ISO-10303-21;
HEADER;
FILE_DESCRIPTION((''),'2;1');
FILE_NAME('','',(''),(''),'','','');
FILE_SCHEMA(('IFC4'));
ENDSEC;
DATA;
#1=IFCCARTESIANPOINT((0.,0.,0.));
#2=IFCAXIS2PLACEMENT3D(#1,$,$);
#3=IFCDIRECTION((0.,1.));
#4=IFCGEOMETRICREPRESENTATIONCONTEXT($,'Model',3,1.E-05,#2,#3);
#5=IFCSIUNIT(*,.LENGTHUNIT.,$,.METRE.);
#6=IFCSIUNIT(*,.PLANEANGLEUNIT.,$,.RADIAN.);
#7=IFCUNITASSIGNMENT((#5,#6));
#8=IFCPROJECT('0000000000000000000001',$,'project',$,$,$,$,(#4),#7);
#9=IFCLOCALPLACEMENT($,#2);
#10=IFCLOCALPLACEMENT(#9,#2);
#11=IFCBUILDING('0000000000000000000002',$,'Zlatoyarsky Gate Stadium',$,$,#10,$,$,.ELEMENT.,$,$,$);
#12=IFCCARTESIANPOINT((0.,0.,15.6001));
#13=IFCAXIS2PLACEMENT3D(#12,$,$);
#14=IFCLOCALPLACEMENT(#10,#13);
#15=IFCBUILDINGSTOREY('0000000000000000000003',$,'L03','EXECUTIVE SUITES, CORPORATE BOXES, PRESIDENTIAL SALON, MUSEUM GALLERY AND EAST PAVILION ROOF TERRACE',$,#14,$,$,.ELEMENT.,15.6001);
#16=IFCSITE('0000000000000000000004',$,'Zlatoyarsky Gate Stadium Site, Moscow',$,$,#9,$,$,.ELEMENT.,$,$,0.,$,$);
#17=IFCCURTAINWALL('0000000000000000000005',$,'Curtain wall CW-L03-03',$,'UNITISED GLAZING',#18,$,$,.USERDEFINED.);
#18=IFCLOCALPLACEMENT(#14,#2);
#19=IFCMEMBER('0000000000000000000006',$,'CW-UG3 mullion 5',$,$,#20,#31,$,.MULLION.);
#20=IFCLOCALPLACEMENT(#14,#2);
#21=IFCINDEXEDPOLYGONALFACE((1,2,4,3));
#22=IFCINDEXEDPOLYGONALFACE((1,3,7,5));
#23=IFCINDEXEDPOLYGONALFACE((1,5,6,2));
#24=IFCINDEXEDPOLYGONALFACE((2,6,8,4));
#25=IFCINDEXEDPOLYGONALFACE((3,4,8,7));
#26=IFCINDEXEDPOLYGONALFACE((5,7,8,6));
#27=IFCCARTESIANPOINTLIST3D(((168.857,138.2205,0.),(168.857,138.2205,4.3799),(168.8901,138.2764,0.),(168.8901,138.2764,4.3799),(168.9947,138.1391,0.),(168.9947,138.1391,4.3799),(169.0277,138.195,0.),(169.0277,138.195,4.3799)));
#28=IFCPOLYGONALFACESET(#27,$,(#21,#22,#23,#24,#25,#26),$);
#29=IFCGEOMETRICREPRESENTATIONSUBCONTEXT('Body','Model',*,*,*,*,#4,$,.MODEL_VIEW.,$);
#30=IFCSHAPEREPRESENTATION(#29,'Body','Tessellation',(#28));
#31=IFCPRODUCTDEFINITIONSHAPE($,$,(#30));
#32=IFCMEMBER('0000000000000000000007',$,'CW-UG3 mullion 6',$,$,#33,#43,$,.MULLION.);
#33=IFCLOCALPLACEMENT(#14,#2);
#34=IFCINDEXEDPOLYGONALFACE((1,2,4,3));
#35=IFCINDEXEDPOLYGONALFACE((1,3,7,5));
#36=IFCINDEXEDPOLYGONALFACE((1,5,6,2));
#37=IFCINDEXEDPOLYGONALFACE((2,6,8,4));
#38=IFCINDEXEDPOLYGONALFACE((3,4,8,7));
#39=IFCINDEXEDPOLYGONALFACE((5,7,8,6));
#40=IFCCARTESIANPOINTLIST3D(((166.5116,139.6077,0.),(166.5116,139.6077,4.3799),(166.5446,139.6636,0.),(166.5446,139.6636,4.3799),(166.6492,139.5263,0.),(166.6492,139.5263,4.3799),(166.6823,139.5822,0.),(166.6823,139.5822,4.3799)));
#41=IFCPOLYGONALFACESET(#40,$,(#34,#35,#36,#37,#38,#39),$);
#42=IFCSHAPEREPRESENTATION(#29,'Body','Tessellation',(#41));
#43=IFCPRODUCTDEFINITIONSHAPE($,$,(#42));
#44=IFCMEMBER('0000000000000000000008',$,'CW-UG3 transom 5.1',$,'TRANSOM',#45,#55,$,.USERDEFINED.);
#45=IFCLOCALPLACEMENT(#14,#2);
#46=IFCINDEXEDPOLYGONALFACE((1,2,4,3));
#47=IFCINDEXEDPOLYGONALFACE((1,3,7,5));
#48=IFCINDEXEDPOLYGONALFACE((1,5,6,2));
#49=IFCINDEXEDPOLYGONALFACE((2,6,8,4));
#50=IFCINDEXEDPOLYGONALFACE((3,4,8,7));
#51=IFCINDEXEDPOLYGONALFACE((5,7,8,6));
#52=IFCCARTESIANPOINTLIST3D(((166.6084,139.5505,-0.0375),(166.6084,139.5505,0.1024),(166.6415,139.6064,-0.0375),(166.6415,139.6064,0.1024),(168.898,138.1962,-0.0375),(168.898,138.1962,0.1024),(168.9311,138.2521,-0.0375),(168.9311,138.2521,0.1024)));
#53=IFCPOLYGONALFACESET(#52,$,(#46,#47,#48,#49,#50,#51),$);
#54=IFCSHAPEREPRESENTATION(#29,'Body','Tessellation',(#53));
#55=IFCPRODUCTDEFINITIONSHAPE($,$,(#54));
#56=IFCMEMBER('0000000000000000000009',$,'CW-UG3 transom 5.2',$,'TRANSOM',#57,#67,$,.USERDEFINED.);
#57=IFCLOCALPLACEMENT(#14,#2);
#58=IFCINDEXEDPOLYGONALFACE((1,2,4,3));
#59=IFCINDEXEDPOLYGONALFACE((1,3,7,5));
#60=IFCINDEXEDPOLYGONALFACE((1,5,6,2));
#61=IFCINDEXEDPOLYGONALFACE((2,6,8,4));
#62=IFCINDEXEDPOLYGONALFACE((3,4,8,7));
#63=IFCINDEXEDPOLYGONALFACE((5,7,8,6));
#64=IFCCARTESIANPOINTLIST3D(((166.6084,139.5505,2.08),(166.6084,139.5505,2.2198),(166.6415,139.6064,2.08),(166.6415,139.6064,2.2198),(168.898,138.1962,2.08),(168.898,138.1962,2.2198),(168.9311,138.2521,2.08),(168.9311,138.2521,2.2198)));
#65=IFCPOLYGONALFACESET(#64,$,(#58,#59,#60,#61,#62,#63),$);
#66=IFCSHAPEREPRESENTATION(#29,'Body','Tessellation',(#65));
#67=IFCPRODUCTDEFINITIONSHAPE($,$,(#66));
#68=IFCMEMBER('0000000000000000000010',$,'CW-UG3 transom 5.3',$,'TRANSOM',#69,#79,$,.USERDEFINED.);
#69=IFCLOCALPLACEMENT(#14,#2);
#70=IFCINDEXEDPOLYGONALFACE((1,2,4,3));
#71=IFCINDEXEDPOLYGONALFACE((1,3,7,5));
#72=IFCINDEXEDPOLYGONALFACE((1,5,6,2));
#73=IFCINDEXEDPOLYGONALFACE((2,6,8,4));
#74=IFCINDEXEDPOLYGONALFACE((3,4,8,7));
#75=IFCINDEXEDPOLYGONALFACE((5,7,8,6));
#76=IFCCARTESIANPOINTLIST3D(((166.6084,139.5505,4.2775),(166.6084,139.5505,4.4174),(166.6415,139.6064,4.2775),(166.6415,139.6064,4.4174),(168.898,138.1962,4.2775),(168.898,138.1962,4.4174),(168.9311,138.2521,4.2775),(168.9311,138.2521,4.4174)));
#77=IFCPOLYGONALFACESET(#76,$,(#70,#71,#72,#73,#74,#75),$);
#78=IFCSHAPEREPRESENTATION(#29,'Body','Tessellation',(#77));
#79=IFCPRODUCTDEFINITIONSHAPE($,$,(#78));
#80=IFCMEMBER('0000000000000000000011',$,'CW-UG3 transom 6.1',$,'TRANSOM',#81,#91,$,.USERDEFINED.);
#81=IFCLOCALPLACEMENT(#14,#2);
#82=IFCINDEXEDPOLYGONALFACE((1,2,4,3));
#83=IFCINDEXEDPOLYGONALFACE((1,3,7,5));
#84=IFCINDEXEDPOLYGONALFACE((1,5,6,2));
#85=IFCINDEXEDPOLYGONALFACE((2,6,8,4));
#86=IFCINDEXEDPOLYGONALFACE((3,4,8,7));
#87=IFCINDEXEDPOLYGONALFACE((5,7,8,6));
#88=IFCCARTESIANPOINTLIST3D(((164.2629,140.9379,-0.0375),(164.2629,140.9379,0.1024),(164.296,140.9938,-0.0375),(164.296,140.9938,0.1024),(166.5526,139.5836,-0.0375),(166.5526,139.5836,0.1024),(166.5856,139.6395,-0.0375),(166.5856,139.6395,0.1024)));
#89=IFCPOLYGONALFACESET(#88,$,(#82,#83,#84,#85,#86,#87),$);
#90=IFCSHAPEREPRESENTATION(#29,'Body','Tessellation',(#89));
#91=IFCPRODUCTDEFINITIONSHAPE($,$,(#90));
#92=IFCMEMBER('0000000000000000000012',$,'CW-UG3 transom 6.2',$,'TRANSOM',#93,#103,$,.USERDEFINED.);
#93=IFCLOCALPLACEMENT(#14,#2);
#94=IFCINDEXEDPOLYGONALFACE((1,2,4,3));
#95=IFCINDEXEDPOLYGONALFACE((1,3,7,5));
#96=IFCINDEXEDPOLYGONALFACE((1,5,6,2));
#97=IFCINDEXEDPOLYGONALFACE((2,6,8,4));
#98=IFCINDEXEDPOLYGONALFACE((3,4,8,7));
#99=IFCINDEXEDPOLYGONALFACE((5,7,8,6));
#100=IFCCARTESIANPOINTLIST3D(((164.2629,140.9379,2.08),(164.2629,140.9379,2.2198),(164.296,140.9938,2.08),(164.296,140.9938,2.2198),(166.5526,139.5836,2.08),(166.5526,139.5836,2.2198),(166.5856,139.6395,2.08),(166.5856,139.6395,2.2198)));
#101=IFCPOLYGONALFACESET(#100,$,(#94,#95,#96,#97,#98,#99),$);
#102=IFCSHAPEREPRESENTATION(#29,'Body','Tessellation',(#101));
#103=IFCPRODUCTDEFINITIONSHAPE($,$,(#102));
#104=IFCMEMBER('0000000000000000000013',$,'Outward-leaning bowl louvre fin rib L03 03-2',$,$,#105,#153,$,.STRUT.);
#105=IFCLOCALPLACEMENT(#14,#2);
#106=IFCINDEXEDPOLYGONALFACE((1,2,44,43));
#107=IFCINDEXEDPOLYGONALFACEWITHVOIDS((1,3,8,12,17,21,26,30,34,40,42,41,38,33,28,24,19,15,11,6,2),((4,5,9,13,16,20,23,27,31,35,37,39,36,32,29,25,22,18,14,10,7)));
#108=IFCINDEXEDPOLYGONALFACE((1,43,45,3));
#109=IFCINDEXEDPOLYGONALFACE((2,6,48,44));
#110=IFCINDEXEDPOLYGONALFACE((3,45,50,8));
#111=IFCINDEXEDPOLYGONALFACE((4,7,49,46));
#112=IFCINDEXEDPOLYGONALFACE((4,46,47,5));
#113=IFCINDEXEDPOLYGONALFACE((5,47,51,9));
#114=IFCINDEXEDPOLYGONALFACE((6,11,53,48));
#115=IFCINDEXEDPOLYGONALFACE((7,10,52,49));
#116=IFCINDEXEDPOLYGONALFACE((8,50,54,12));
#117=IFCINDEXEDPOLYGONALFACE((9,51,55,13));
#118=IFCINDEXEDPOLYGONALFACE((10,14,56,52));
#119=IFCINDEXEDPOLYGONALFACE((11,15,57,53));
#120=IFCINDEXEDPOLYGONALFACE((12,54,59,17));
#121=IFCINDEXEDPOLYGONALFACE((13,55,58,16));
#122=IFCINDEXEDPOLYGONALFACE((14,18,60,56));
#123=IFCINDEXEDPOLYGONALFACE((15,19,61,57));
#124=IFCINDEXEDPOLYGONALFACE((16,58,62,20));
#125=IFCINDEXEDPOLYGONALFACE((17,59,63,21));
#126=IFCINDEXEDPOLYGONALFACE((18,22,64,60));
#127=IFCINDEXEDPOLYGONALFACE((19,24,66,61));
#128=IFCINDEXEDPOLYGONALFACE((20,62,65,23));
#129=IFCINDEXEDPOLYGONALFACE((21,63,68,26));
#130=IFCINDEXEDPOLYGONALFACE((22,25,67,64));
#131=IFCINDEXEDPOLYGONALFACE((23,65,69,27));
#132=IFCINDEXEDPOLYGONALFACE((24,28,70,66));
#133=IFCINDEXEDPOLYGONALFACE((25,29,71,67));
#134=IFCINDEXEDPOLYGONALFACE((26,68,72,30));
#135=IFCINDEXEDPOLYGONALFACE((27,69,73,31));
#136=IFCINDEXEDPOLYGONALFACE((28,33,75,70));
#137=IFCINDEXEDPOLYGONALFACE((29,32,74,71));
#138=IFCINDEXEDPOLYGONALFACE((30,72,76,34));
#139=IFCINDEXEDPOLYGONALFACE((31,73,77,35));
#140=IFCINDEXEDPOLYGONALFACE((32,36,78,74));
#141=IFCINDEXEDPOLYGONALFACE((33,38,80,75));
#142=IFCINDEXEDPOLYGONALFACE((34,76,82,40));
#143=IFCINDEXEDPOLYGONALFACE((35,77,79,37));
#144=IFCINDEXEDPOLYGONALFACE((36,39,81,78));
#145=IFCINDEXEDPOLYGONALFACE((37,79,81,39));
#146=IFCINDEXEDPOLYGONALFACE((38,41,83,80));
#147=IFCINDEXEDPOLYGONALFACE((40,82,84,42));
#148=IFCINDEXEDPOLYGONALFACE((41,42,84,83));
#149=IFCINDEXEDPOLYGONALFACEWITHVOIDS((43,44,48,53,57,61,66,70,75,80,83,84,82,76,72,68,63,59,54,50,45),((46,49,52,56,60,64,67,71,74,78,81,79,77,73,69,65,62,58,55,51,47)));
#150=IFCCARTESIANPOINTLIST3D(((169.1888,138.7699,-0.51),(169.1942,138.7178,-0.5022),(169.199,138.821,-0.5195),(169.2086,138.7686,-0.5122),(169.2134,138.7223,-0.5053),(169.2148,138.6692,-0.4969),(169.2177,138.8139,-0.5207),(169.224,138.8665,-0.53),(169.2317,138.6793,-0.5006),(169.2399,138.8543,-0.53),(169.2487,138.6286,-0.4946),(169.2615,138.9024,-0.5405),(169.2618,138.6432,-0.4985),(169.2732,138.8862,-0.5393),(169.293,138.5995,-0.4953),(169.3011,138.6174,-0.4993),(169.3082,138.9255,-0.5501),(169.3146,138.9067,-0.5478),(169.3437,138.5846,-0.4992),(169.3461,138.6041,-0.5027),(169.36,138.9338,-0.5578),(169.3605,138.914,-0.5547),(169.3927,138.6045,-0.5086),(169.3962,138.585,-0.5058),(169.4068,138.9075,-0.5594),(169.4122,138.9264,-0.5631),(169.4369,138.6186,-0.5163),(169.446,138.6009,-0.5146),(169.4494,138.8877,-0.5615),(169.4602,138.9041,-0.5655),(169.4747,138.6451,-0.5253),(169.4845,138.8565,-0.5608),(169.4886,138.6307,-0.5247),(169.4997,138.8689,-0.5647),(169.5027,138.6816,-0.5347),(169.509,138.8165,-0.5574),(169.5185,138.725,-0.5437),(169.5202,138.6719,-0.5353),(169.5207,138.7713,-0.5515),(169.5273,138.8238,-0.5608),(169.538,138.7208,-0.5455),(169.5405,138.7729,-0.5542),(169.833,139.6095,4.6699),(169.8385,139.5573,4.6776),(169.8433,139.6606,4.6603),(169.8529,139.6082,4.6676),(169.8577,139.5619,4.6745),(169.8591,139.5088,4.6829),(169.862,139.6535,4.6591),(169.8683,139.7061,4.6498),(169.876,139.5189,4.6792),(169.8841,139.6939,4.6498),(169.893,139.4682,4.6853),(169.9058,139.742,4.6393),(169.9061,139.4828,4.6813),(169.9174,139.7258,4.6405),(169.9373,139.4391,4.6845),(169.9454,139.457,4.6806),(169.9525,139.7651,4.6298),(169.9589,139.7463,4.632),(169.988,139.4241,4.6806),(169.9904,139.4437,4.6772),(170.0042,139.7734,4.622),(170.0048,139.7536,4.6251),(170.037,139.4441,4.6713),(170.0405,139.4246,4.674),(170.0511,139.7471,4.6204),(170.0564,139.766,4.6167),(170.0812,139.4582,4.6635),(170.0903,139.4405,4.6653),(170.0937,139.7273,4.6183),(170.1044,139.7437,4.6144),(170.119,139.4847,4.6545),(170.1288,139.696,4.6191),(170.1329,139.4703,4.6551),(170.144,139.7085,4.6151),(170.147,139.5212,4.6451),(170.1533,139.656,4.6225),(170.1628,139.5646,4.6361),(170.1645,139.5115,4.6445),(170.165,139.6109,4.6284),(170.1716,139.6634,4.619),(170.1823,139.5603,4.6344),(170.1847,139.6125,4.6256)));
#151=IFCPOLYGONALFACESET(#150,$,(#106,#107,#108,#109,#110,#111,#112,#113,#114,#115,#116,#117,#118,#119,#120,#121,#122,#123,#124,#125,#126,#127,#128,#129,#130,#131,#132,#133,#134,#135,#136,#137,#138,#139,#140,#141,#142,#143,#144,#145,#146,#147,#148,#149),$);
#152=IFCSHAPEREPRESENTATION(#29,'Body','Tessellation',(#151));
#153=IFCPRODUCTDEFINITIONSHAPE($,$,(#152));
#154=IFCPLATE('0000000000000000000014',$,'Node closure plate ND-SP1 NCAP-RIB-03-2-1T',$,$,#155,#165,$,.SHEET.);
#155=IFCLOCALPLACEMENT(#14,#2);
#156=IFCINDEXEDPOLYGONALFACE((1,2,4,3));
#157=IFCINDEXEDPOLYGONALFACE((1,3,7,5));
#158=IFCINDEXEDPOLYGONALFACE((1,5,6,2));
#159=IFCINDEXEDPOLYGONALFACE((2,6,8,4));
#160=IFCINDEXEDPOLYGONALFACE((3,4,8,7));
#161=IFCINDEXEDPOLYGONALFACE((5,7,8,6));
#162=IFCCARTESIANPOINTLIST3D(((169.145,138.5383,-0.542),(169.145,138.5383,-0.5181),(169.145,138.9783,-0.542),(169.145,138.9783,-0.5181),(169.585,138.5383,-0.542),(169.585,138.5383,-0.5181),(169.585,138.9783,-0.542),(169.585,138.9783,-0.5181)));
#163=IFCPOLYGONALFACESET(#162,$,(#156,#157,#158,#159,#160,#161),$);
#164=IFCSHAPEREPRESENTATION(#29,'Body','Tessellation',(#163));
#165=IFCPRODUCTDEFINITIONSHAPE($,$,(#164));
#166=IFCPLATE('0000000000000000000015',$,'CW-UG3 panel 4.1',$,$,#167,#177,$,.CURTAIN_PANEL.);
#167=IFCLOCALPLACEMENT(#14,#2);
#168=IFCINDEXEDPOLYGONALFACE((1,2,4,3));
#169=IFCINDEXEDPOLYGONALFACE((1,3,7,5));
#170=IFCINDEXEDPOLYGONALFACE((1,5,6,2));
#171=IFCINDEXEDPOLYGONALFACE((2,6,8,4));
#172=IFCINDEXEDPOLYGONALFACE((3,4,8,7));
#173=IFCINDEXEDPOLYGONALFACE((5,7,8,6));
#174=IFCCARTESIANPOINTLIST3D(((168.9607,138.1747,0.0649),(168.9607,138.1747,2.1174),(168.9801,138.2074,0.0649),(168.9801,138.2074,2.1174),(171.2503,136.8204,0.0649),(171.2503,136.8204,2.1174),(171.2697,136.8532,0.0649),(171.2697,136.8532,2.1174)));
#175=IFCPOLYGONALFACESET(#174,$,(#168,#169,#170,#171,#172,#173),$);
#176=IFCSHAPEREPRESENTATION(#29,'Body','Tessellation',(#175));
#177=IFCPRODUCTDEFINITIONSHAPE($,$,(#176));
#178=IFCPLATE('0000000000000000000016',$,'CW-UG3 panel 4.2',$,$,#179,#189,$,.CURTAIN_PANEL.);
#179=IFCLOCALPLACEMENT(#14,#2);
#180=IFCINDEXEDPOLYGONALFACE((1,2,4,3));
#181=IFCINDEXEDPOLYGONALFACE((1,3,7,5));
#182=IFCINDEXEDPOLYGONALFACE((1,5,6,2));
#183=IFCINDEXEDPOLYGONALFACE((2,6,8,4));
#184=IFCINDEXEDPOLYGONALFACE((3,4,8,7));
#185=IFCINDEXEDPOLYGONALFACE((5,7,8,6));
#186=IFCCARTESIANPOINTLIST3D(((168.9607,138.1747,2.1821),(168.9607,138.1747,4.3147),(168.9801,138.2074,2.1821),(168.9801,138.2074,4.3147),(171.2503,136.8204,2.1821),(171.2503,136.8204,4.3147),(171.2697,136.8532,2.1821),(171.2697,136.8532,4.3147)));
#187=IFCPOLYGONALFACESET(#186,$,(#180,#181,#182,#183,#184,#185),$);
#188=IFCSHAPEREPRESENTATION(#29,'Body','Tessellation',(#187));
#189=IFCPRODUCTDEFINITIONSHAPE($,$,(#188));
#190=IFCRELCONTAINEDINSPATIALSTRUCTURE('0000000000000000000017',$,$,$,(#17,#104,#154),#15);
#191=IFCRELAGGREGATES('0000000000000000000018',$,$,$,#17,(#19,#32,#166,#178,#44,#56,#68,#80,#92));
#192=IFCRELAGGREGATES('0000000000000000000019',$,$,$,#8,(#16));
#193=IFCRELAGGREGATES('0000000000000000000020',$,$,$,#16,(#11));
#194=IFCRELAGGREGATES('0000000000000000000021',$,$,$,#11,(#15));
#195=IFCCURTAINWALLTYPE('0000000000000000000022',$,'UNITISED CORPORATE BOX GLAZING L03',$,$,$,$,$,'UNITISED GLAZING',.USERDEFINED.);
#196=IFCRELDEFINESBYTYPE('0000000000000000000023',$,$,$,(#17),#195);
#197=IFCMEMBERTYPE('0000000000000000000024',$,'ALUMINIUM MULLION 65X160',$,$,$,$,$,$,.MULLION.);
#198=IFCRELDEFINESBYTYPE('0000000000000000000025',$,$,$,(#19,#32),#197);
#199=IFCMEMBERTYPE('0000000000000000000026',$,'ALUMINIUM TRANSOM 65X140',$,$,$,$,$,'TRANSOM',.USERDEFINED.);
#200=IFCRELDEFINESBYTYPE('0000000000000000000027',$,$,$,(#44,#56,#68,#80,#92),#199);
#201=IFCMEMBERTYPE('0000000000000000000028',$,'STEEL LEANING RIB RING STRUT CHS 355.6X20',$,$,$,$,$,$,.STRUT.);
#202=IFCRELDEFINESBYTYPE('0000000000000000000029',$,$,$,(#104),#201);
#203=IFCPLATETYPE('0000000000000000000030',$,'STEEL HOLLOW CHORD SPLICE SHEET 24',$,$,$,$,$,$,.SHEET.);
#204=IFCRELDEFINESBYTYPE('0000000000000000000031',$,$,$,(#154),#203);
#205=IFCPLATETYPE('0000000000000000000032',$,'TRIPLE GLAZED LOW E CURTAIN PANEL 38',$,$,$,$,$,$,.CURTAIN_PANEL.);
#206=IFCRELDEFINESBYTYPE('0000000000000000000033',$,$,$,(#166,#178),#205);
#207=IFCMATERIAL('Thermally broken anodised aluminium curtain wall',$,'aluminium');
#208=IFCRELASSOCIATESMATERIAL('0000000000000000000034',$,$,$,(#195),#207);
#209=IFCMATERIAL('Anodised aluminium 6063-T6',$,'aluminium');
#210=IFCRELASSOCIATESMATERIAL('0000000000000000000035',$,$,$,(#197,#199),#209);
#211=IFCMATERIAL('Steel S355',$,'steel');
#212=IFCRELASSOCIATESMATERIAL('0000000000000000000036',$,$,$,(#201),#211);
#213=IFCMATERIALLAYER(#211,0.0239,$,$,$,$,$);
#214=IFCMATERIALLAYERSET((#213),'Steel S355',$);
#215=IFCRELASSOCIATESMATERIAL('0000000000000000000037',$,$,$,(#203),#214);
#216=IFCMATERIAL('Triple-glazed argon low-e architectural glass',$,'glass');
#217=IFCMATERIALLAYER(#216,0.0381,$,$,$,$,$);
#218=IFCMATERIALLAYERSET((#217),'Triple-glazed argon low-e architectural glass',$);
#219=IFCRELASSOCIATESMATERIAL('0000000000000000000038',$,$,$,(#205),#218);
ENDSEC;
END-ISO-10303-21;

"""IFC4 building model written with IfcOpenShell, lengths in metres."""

from ifc_helpers import new_model, si_unit, direction, frame, origin, origin_2d, place, context, subcontext, project, spatial, rectangle, hollow_circle, extrude, material, layer, layer_set, material_profile, profile_set, type_object, element, aggregate, save


model = new_model("IFC4")

# Units and contexts
model_context = context("Model", 3, precision=1e-05, world=origin(), true_north=direction((0.0, 1.0)))
body_context = subcontext(model_context, "Body", "Model", "MODEL_VIEW")
ifc_project = project(units=[si_unit("LENGTHUNIT", "METRE"), si_unit("PLANEANGLEUNIT", "RADIAN")], contexts=[model_context])

# Site, building, storey
site_placement = place(None, origin())
site = spatial("IfcSite", under=ifc_project, at=site_placement, Name="Zlatoyarsky Gate Stadium Site, Moscow", CompositionType="ELEMENT", RefElevation=0.0)
building_placement = place(site_placement, origin())
building = spatial("IfcBuilding", under=site, at=building_placement, Name="Zlatoyarsky Gate Stadium", CompositionType="ELEMENT")
storey_placement = place(building_placement, frame((0.0, 0.0, 15.6001)))
storey = spatial("IfcBuildingStorey", under=building, at=storey_placement, Name="L03", Description="EXECUTIVE SUITES, CORPORATE BOXES, PRESIDENTIAL SALON, MUSEUM GALLERY AND EAST PAVILION ROOF TERRACE", CompositionType="ELEMENT", Elevation=15.6001)

# Curtain wall, members
ifc_material_1 = material(Name="Thermally broken anodised aluminium curtain wall", Category="aluminium")
curtain_wall_type = type_object("IfcCurtainWallType", Name="UNITISED CORPORATE BOX GLAZING L03", ElementType="UNITISED GLAZING", PredefinedType="USERDEFINED", material=ifc_material_1)
curtain_wall_placement = place(storey_placement, origin())
curtain_wall = element("IfcCurtainWall", 1, at=curtain_wall_placement, inside=storey, type_object=curtain_wall_type, Name="Curtain wall CW-L03-03", ObjectType="UNITISED GLAZING", PredefinedType="USERDEFINED")
ifc_material_2 = material(Name="Anodised aluminium 6063-T6", Category="aluminium")
ifc_material_profile_1 = material_profile(ifc_material_2, rectangle(XDim=0.0649, YDim=0.1599, at=origin_2d()), Name="ALU 65X160")
ifc_profile_set_1 = profile_set([ifc_material_profile_1], Name="Anodised aluminium 6063-T6")
member_type_1 = type_object("IfcMemberType", Name="ALUMINIUM MULLION 65X160", PredefinedType="MULLION", material=ifc_profile_set_1)
member_1_placement = place(storey_placement, frame((168.9424, 138.2078, 0.0), z_axis=(0.0, 0.0, 1.0), x_axis=(-0.509098, -0.860708, 0.0)))
member_1 = element("IfcMember", 2, at=member_1_placement, type_object=member_type_1, Name="CW-UG3 mullion 5", PredefinedType="MULLION", context=body_context, shape_type="SweptSolid", body=[
    extrude(rectangle(XDim=0.0649, YDim=0.1599, at=origin_2d()), origin(), (0.0, 0.0, 1.0), 4.3799),
])
member_2_placement = place(storey_placement, frame((166.5969, 139.595, 0.0), z_axis=(0.0, 0.0, 1.0), x_axis=(-0.509098, -0.860708, 0.0)))
member_2 = element("IfcMember", 3, at=member_2_placement, type_object=member_type_1, Name="CW-UG3 mullion 6", PredefinedType="MULLION", context=body_context, shape_type="SweptSolid", body=[
    extrude(rectangle(XDim=0.0649, YDim=0.1599, at=origin_2d()), origin(), (0.0, 0.0, 1.0), 4.3799),
])
ifc_material_profile_2 = material_profile(ifc_material_2, rectangle(XDim=0.0649, YDim=0.1399, at=origin_2d()), Name="ALU 65X140")
ifc_profile_set_2 = profile_set([ifc_material_profile_2], Name="Anodised aluminium 6063-T6")
member_type_2 = type_object("IfcMemberType", Name="ALUMINIUM TRANSOM 65X140", ElementType="TRANSOM", PredefinedType="USERDEFINED", material=ifc_profile_set_2)
member_3_placement = place(storey_placement, frame((168.9146, 138.2241, 0.0325), z_axis=(-0.860707, 0.5091, 0.0), x_axis=(-0.5091, -0.860707, 0.0)))
member_3 = element("IfcMember", 4, at=member_3_placement, type_object=member_type_2, Name="CW-UG3 transom 5.1", ObjectType="TRANSOM", PredefinedType="USERDEFINED", context=body_context, shape_type="SweptSolid", body=[
    extrude(rectangle(XDim=0.0649, YDim=0.1399, at=origin_2d()), origin(), (0.0, 0.0, 1.0), 2.6602),
])
member_4_placement = place(storey_placement, frame((168.9146, 138.2241, 2.1499), z_axis=(-0.860707, 0.5091, 0.0), x_axis=(-0.5091, -0.860707, 0.0)))
member_4 = element("IfcMember", 5, at=member_4_placement, type_object=member_type_2, Name="CW-UG3 transom 5.2", ObjectType="TRANSOM", PredefinedType="USERDEFINED", context=body_context, shape_type="SweptSolid", body=[
    extrude(rectangle(XDim=0.0649, YDim=0.1399, at=origin_2d()), origin(), (0.0, 0.0, 1.0), 2.6602),
])
member_5_placement = place(storey_placement, frame((168.9146, 138.2241, 4.3474), z_axis=(-0.860707, 0.5091, 0.0), x_axis=(-0.5091, -0.860707, 0.0)))
member_5 = element("IfcMember", 6, at=member_5_placement, type_object=member_type_2, Name="CW-UG3 transom 5.3", ObjectType="TRANSOM", PredefinedType="USERDEFINED", context=body_context, shape_type="SweptSolid", body=[
    extrude(rectangle(XDim=0.0649, YDim=0.1399, at=origin_2d()), origin(), (0.0, 0.0, 1.0), 2.6602),
])
member_6_placement = place(storey_placement, frame((166.5691, 139.6116, 0.0325), z_axis=(-0.860707, 0.5091, 0.0), x_axis=(-0.5091, -0.860707, 0.0)))
member_6 = element("IfcMember", 7, at=member_6_placement, type_object=member_type_2, Name="CW-UG3 transom 6.1", ObjectType="TRANSOM", PredefinedType="USERDEFINED", context=body_context, shape_type="SweptSolid", body=[
    extrude(rectangle(XDim=0.0649, YDim=0.1399, at=origin_2d()), origin(), (0.0, 0.0, 1.0), 2.6602),
])
member_7_placement = place(storey_placement, frame((166.5691, 139.6116, 2.1499), z_axis=(-0.860707, 0.5091, 0.0), x_axis=(-0.5091, -0.860707, 0.0)))
member_7 = element("IfcMember", 8, at=member_7_placement, type_object=member_type_2, Name="CW-UG3 transom 6.2", ObjectType="TRANSOM", PredefinedType="USERDEFINED", context=body_context, shape_type="SweptSolid", body=[
    extrude(rectangle(XDim=0.0649, YDim=0.1399, at=origin_2d()), origin(), (0.0, 0.0, 1.0), 2.6602),
])

# Member
ifc_material_3 = material(Name="Steel S355", Category="steel")
ifc_material_profile_3 = material_profile(ifc_material_3, hollow_circle(Radius=0.1777, WallThickness=0.02, at=origin_2d()), Name="CHS 355.6X20")
ifc_profile_set_3 = profile_set([ifc_material_profile_3], Name="Steel S355")
member_type_3 = type_object("IfcMemberType", Name="STEEL LEANING RIB RING STRUT CHS 355.6X20", PredefinedType="STRUT", material=ifc_profile_set_3)
member_8_placement = place(storey_placement, frame((169.365, 138.7583, -0.53), z_axis=(0.121864, 0.158806, 0.97976), x_axis=(-0.793335, 0.608785, 0.0)))
element("IfcMember", 9, at=member_8_placement, inside=storey, type_object=member_type_3, Name="Outward-leaning bowl louvre fin rib L03 03-2", PredefinedType="STRUT", context=body_context, shape_type="SweptSolid", body=[
    extrude(hollow_circle(Radius=0.1777, WallThickness=0.02, at=origin_2d()), origin(), (0.0, 0.0, 1.0), 5.2869),
])

# Plates
ifc_layer_1 = layer(ifc_material_3, 0.0239)
ifc_layer_set_1 = layer_set([ifc_layer_1], Name="Steel S355")
plate_type_1 = type_object("IfcPlateType", Name="STEEL HOLLOW CHORD SPLICE SHEET 24", PredefinedType="SHEET", material=ifc_layer_set_1)
plate_1_placement = place(storey_placement, frame((169.365, 138.7583, -0.542), z_axis=(0.0, 0.0, 1.0), x_axis=(1.0, 0.0, 0.0)))
element("IfcPlate", 10, at=plate_1_placement, inside=storey, type_object=plate_type_1, Name="Node closure plate ND-SP1 NCAP-RIB-03-2-1T", PredefinedType="SHEET", context=body_context, shape_type="SweptSolid", body=[
    extrude(rectangle(XDim=0.4399, YDim=0.4399, at=origin_2d()), origin(), (0.0, 0.0, 1.0), 0.0239),
])
ifc_material_4 = material(Name="Triple-glazed argon low-e architectural glass", Category="glass")
ifc_layer_2 = layer(ifc_material_4, 0.0381)
ifc_layer_set_2 = layer_set([ifc_layer_2], Name="Triple-glazed argon low-e architectural glass")
plate_type_2 = type_object("IfcPlateType", Name="TRIPLE GLAZED LOW E CURTAIN PANEL 38", PredefinedType="CURTAIN_PANEL", material=ifc_layer_set_2)
plate_2_placement = place(storey_placement, frame((170.1152, 137.5139, 0.0649), z_axis=(0.0, 0.0, 1.0), x_axis=(-0.860708, 0.509098, 0.0)))
plate_2 = element("IfcPlate", 11, at=plate_2_placement, type_object=plate_type_2, Name="CW-UG3 panel 4.1", PredefinedType="CURTAIN_PANEL", context=body_context, shape_type="SweptSolid", body=[
    extrude(rectangle(XDim=2.6602, YDim=0.0381, at=origin_2d()), origin(), (0.0, 0.0, 1.0), 2.0525),
])
plate_3_placement = place(storey_placement, frame((170.1152, 137.5139, 2.1821), z_axis=(0.0, 0.0, 1.0), x_axis=(-0.860708, 0.509098, 0.0)))
plate_3 = element("IfcPlate", 12, at=plate_3_placement, type_object=plate_type_2, Name="CW-UG3 panel 4.2", PredefinedType="CURTAIN_PANEL", context=body_context, shape_type="SweptSolid", body=[
    extrude(rectangle(XDim=2.6602, YDim=0.0381, at=origin_2d()), origin(), (0.0, 0.0, 1.0), 2.1326),
])
aggregate(curtain_wall, [member_1, member_2, plate_2, plate_3, member_3, member_4, member_5, member_6, member_7])

save(model, "model.ifc")
